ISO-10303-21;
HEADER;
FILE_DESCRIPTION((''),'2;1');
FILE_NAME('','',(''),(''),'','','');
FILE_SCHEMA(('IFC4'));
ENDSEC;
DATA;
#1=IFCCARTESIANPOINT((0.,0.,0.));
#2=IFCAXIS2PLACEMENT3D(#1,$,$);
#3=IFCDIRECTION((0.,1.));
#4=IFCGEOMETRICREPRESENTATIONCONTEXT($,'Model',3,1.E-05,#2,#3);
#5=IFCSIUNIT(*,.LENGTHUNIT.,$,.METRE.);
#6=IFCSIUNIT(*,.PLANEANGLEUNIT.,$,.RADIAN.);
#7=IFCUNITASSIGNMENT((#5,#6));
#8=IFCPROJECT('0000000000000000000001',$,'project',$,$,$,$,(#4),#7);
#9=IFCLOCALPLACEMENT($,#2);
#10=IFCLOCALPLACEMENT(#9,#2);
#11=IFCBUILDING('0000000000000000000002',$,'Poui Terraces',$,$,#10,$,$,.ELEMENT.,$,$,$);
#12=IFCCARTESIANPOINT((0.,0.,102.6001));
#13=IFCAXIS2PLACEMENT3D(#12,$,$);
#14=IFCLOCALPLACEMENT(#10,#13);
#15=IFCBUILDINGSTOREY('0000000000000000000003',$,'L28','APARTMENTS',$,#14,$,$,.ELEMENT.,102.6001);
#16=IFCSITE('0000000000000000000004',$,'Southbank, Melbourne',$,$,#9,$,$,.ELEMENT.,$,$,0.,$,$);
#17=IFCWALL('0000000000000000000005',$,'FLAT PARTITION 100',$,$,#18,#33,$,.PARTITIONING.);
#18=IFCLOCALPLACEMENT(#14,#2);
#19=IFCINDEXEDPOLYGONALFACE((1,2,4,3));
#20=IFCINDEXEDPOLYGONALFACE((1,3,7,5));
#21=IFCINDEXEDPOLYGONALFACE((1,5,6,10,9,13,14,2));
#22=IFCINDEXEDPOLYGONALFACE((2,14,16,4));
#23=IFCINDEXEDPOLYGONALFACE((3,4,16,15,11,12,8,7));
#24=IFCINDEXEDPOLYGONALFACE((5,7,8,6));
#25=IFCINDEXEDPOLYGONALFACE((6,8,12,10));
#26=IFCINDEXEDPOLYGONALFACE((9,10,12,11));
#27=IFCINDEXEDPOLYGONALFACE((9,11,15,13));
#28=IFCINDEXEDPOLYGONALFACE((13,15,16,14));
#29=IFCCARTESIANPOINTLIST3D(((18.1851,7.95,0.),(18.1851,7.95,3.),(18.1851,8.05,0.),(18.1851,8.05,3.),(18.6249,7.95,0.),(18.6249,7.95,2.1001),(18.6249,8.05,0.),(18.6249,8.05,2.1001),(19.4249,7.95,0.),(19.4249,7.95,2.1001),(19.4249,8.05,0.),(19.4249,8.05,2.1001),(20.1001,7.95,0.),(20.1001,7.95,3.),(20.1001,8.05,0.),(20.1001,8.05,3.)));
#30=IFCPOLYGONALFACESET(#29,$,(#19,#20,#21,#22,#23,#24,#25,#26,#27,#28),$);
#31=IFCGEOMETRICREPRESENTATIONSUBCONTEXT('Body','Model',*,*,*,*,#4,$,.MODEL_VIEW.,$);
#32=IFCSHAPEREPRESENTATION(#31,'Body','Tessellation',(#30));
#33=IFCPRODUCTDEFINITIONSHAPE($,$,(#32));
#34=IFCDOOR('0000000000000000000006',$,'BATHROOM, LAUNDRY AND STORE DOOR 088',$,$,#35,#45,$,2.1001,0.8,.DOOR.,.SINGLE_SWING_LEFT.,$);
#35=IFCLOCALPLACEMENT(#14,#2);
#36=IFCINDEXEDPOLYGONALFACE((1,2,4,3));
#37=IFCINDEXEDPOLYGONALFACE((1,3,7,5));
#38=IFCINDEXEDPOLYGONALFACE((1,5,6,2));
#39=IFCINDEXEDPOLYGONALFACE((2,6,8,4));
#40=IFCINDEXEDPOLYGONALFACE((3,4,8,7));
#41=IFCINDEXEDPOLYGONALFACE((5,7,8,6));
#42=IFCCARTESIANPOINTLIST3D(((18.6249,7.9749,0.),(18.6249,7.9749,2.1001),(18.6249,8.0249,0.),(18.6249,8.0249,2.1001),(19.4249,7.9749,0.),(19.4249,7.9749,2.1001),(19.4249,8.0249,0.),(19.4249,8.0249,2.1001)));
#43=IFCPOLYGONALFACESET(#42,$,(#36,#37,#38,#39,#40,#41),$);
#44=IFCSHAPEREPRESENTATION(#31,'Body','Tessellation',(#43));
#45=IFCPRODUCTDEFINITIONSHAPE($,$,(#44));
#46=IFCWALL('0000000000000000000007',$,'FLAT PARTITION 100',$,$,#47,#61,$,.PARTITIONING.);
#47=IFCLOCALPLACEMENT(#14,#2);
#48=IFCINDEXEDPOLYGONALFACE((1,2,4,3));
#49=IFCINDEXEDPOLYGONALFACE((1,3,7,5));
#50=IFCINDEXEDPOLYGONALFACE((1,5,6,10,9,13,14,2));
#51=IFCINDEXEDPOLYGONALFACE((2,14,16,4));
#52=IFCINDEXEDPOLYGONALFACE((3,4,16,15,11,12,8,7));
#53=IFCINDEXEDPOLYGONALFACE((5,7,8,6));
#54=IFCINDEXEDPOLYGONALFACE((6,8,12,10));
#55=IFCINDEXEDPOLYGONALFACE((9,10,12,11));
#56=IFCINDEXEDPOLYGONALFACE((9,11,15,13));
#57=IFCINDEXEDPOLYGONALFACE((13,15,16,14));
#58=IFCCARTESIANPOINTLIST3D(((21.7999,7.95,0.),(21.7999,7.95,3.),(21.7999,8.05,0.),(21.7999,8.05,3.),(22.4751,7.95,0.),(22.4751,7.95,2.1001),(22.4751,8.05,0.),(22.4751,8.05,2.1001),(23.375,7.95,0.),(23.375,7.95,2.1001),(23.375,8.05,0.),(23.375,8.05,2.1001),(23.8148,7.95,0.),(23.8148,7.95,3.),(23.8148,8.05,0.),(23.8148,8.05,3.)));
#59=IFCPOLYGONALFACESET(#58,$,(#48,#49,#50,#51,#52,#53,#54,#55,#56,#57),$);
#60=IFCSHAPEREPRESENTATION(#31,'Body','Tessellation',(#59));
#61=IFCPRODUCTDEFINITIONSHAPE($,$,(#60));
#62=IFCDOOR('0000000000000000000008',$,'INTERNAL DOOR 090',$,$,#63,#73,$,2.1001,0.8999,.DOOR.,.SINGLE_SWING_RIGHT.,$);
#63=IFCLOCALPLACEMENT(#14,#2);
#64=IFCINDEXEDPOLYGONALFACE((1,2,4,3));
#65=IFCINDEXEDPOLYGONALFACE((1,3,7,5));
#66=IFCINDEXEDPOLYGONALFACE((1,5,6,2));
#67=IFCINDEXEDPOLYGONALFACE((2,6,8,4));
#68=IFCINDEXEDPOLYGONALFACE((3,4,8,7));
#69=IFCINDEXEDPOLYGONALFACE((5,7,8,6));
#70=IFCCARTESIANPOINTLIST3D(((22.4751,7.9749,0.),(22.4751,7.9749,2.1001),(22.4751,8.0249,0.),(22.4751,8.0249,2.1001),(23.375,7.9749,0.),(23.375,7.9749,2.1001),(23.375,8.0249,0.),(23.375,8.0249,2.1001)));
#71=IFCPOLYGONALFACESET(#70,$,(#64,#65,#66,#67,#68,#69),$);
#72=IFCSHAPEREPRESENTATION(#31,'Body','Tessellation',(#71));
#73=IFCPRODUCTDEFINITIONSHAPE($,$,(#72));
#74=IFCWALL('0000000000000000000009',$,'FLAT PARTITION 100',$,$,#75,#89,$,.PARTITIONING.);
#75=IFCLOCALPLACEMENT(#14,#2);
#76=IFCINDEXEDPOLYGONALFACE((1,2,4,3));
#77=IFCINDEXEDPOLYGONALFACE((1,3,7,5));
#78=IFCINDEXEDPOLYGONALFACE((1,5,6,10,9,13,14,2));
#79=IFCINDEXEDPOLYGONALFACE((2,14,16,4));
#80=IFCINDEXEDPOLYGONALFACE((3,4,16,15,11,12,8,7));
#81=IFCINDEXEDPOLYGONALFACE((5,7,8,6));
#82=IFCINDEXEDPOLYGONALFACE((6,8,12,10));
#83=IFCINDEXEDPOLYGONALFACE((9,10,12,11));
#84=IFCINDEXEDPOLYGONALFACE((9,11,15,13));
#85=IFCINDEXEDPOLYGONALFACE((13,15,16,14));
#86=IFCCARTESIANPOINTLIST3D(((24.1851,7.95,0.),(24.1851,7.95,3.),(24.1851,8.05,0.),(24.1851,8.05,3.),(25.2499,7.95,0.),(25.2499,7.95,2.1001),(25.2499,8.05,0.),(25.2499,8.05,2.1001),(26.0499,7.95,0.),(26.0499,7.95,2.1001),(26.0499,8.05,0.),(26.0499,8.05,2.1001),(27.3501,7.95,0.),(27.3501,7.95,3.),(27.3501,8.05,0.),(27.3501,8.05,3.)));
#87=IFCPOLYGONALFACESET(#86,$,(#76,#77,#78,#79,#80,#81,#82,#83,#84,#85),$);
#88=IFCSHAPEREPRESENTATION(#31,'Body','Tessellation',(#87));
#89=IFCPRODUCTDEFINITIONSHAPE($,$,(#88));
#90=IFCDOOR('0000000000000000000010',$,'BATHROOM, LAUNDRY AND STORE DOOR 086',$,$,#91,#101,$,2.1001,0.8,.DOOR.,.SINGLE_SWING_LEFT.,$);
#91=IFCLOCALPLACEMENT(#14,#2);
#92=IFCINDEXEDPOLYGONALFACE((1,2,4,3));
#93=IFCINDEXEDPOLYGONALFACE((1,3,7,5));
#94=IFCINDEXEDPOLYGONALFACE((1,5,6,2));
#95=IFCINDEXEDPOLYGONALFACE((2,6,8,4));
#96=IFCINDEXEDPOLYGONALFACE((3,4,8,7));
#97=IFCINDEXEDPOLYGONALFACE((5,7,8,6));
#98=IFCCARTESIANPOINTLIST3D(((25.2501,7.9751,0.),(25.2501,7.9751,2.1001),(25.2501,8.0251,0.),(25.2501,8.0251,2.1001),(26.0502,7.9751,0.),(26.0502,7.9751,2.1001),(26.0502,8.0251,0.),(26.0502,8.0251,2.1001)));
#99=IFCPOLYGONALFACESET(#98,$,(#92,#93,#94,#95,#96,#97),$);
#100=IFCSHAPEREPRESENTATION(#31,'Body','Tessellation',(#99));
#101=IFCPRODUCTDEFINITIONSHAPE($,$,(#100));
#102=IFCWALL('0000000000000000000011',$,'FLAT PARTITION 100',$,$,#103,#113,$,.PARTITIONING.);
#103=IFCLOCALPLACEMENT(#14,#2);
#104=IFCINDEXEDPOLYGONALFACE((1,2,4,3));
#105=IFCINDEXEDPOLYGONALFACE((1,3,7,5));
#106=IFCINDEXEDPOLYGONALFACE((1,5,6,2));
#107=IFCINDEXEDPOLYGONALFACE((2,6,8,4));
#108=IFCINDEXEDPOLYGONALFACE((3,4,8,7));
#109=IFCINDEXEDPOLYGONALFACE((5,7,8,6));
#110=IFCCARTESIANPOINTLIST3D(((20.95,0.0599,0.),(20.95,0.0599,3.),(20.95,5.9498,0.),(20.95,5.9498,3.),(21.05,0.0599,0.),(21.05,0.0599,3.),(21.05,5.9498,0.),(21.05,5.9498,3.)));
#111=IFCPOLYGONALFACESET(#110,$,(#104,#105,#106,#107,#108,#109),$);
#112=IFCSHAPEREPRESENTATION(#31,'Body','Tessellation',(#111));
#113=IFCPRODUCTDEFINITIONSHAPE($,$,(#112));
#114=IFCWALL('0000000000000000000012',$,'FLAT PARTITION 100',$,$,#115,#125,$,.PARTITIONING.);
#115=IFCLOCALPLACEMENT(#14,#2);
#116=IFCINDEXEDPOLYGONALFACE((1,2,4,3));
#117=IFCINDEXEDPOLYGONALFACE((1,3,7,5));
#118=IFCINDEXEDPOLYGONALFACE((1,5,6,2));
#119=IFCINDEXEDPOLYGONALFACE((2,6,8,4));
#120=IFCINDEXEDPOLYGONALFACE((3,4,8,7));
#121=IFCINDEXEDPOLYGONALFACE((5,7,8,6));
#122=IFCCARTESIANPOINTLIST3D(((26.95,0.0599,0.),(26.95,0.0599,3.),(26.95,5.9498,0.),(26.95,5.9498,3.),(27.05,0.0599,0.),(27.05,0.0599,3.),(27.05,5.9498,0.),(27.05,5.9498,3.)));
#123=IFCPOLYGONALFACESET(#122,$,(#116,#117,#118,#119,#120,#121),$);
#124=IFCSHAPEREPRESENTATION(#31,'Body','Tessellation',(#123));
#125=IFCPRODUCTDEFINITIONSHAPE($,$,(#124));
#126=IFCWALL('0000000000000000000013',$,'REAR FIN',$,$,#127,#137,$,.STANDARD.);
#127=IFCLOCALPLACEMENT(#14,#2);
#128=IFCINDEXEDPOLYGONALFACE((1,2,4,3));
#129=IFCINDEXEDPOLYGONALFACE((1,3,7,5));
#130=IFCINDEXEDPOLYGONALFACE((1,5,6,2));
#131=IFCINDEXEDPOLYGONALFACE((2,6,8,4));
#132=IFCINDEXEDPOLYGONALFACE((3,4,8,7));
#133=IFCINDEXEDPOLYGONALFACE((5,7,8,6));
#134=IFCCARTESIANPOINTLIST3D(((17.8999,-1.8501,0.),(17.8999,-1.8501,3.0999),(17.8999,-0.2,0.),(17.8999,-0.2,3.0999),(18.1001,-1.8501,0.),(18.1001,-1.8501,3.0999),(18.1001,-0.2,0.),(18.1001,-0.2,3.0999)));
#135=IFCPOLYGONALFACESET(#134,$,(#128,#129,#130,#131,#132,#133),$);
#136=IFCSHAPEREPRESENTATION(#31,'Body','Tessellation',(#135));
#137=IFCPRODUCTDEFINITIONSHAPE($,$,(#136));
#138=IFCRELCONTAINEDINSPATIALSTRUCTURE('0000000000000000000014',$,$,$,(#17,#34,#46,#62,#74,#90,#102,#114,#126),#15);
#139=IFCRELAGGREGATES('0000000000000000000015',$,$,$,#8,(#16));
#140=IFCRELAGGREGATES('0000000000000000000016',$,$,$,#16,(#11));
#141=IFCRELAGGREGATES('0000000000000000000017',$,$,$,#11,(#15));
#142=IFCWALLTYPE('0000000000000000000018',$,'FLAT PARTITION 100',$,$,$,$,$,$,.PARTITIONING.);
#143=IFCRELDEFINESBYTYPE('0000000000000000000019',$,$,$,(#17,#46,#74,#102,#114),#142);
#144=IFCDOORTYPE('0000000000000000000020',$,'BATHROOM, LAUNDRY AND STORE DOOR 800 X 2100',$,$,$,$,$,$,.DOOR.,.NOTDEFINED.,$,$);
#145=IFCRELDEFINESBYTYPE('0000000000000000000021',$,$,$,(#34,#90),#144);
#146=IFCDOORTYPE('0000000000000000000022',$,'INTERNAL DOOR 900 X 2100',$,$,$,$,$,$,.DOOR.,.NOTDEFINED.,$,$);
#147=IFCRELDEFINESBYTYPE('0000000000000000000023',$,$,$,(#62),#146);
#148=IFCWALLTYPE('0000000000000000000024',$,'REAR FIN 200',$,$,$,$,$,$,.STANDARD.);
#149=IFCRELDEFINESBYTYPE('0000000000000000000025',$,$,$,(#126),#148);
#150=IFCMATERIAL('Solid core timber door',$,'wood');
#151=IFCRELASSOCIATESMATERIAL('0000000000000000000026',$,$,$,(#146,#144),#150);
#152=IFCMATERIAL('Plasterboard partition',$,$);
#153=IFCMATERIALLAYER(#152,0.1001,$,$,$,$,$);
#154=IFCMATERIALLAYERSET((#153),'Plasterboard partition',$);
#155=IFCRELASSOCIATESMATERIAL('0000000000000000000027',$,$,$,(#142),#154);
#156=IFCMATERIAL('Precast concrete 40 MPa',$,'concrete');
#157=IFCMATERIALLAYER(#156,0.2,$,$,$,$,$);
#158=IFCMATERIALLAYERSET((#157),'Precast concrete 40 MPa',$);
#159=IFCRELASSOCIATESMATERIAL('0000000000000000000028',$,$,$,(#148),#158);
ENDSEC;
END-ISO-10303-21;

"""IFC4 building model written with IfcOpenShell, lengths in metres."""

from ifc_helpers import new_model, si_unit, direction, frame, frame_2d, origin, place, context, subcontext, project, spatial, polyline, rectangle, outline, extrude, source, transform, mapped, material, layer, layer_set, type_object, element, fill, save


model = new_model("IFC4")

# Units and contexts
model_context = context("Model", 3, precision=1e-05, world=origin(), true_north=direction((0.0, 1.0)))
body_context = subcontext(model_context, "Body", "Model", "MODEL_VIEW")
ifc_project = project(units=[si_unit("LENGTHUNIT", "METRE"), si_unit("PLANEANGLEUNIT", "RADIAN")], contexts=[model_context])

# Site, building, storey
site_placement = place(None, origin())
site = spatial("IfcSite", under=ifc_project, at=site_placement, Name="Southbank, Melbourne", CompositionType="ELEMENT", RefElevation=0.0)
building_placement = place(site_placement, origin())
building = spatial("IfcBuilding", under=site, at=building_placement, Name="Poui Terraces", CompositionType="ELEMENT")
storey_placement = place(building_placement, frame((0.0, 0.0, 102.6001)))
storey = spatial("IfcBuildingStorey", under=building, at=storey_placement, Name="L28", Description="APARTMENTS", CompositionType="ELEMENT", Elevation=102.6001)

# Shared definitions
ifc_material_1 = material(Name="Solid core timber door", Category="wood")
door_type_1 = type_object("IfcDoorType", Name="INTERNAL DOOR 900 X 2100", OperationType="NOTDEFINED", PredefinedType="DOOR", material=ifc_material_1)

# Shared definitions
ifc_material_2 = material(Name="Plasterboard partition")
ifc_layer_1 = layer(ifc_material_2, 0.1001)
ifc_layer_set_1 = layer_set([ifc_layer_1], Name="Plasterboard partition")
wall_type_1 = type_object("IfcWallType", Name="FLAT PARTITION 100", PredefinedType="PARTITIONING", material=ifc_layer_set_1)

# Walls, openings, doors
wall_1_placement = place(storey_placement, frame((18.1851, 8.0, 0.0), z_axis=(0.0, 0.0, 1.0), x_axis=(1.0, 0.0, 0.0)))
wall_1 = element("IfcWall", 1, at=wall_1_placement, inside=storey, type_object=wall_type_1, Name="FLAT PARTITION 100", PredefinedType="PARTITIONING", context=body_context, shape_type="SweptSolid", body=[
    extrude(rectangle(XDim=1.915, YDim=0.1001, at=frame_2d((0.9575, 0.0))), origin(), (0.0, 0.0, 1.0), 3.0),
])
opening_1_placement = place(wall_1_placement, frame((0.4399, 0.0, 0.0)))
opening_1 = element("IfcOpeningElement", 2, at=opening_1_placement, cuts=wall_1, PredefinedType="OPENING", context=body_context, shape_type="SweptSolid", body=[
    extrude(rectangle(XDim=0.8, YDim=2.1001, at=frame_2d((0.3999, 1.05))), frame((0.0, 0.0601, 0.0), z_axis=(0.0, -1.0, 0.0), x_axis=(1.0, 0.0, 0.0)), (0.0, 0.0, 1.0), 0.1201),
])
door_type_2 = type_object("IfcDoorType", Name="BATHROOM, LAUNDRY AND STORE DOOR 800 X 2100", OperationType="NOTDEFINED", PredefinedType="DOOR", material=ifc_material_1)
door_1_placement = place(opening_1_placement, origin())
door_1 = element("IfcDoor", 3, at=door_1_placement, inside=storey, type_object=door_type_2, Name="BATHROOM, LAUNDRY AND STORE DOOR 088", OperationType="SINGLE_SWING_LEFT", OverallHeight=2.1001, OverallWidth=0.8, PredefinedType="DOOR", context=body_context, shape_type="SweptSolid", body=[
    extrude(rectangle(XDim=0.8, YDim=2.1001, at=frame_2d((0.3999, 1.05))), frame((0.0, 0.0249, 0.0), z_axis=(0.0, -1.0, 0.0), x_axis=(1.0, 0.0, 0.0)), (0.0, 0.0, 1.0), 0.05),
])
fill(opening_1, door_1)
wall_2_placement = place(storey_placement, frame((21.8, 8.0, 0.0), z_axis=(0.0, 0.0, 1.0), x_axis=(1.0, 0.0, 0.0)))
wall_2 = element("IfcWall", 4, at=wall_2_placement, inside=storey, type_object=wall_type_1, Name="FLAT PARTITION 100", PredefinedType="PARTITIONING", context=body_context, shape_type="SweptSolid", body=[
    extrude(rectangle(XDim=2.0149, YDim=0.1001, at=frame_2d((1.0073, 0.0))), origin(), (0.0, 0.0, 1.0), 3.0),
])
opening_2_placement = place(wall_2_placement, frame((0.675, 0.0, 0.0)))
opening_2 = element("IfcOpeningElement", 5, at=opening_2_placement, cuts=wall_2, PredefinedType="OPENING", context=body_context, shape_type="SweptSolid", body=[
    extrude(rectangle(XDim=0.8999, YDim=2.1001, at=frame_2d((0.45, 1.05))), frame((0.0, 0.0601, 0.0), z_axis=(0.0, -1.0, 0.0), x_axis=(1.0, 0.0, 0.0)), (0.0, 0.0, 1.0), 0.1201),
])
door_2_placement = place(opening_2_placement, origin())
door_2 = element("IfcDoor", 6, at=door_2_placement, inside=storey, type_object=door_type_1, Name="INTERNAL DOOR 090", OperationType="SINGLE_SWING_RIGHT", OverallHeight=2.1001, OverallWidth=0.8999, PredefinedType="DOOR", context=body_context, shape_type="SweptSolid", body=[
    extrude(rectangle(XDim=0.8999, YDim=2.1001, at=frame_2d((0.45, 1.05))), frame((0.0, 0.0249, 0.0), z_axis=(0.0, -1.0, 0.0), x_axis=(1.0, 0.0, 0.0)), (0.0, 0.0, 1.0), 0.05),
])
fill(opening_2, door_2)
wall_3_placement = place(storey_placement, frame((24.1851, 8.0, 0.0), z_axis=(0.0, 0.0, 1.0), x_axis=(1.0, 0.0, 0.0)))
wall_3 = element("IfcWall", 7, at=wall_3_placement, inside=storey, type_object=wall_type_1, Name="FLAT PARTITION 100", PredefinedType="PARTITIONING", context=body_context, shape_type="SweptSolid", body=[
    extrude(rectangle(XDim=3.165, YDim=0.1001, at=frame_2d((1.5825, 0.0))), origin(), (0.0, 0.0, 1.0), 3.0),
])
opening_3_placement = place(wall_3_placement, frame((1.0649, 0.0, 0.0)))
opening_3 = element("IfcOpeningElement", 8, at=opening_3_placement, cuts=wall_3, PredefinedType="OPENING", context=body_context, shape_type="SweptSolid", body=[
    extrude(rectangle(XDim=0.8, YDim=2.1001, at=frame_2d((0.3999, 1.05))), frame((0.0, 0.0601, 0.0), z_axis=(0.0, -1.0, 0.0), x_axis=(1.0, 0.0, 0.0)), (0.0, 0.0, 1.0), 0.1201),
])
door_3_placement = place(opening_3_placement, frame((0.8, 0.0, 0.0), z_axis=(0.0, 0.0, 1.0), x_axis=(-1.0, 0.0, 0.0)))
door_3 = element("IfcDoor", 9, at=door_3_placement, inside=storey, type_object=door_type_2, Name="BATHROOM, LAUNDRY AND STORE DOOR 086", OperationType="SINGLE_SWING_LEFT", OverallHeight=2.1001, OverallWidth=0.8, PredefinedType="DOOR", context=body_context, shape_type="SweptSolid", body=[
    extrude(rectangle(XDim=0.8, YDim=2.1001, at=frame_2d((0.3999, 1.05))), frame((0.0, 0.0249, 0.0), z_axis=(0.0, -1.0, 0.0), x_axis=(1.0, 0.0, 0.0)), (0.0, 0.0, 1.0), 0.05),
])
fill(opening_3, door_3)

# Walls
for number, where, z_axis, x_axis, name in (
    (10, (21.0, 0.0601, 0.0), (0.0, 0.0, 1.0), (0.0, 1.0, 0.0), "FLAT PARTITION 100"),
    (11, (27.0, 0.0601, 0.0), (0.0, 0.0, 1.0), (0.0, 1.0, 0.0), "FLAT PARTITION 100"),
):
    element("IfcWall", number, at=place(storey_placement, frame(where, z_axis=z_axis, x_axis=x_axis)), inside=storey, type_object=wall_type_1, Name=name, PredefinedType="PARTITIONING", context=body_context, shape_type="SweptSolid", body=[
        extrude(rectangle(XDim=5.8899, YDim=0.1001, at=frame_2d((2.9448, 0.0))), origin(), (0.0, 0.0, 1.0), 3.0),
    ])
ifc_material_3 = material(Name="Precast concrete 40 MPa", Category="concrete")
ifc_layer_2 = layer(ifc_material_3, 0.2)
ifc_layer_set_2 = layer_set([ifc_layer_2], Name="Precast concrete 40 MPa")
wall_type_2 = type_object("IfcWallType", Name="REAR FIN 200", PredefinedType="STANDARD", material=ifc_layer_set_2)
shared_shape = source(origin(), body_context, "Body", "SweptSolid", [
    extrude(outline(polyline([(0.0, 0.0), (0.2002, 0.0), (0.2002, 1.6501), (0.0, 1.6501), (0.0, 0.0)])), origin(), (0.0, 0.0, 1.0), 3.0999),
])
wall_4_placement = place(storey_placement, frame((17.8999, -1.8501, 0.0)))
element("IfcWall", 12, at=wall_4_placement, inside=storey, type_object=wall_type_2, Name="REAR FIN", PredefinedType="STANDARD", context=body_context, shape_type="MappedRepresentation", body=[
    mapped(shared_shape, transform((0.0, 0.0, 0.0))),
])

save(model, "model.ifc")
